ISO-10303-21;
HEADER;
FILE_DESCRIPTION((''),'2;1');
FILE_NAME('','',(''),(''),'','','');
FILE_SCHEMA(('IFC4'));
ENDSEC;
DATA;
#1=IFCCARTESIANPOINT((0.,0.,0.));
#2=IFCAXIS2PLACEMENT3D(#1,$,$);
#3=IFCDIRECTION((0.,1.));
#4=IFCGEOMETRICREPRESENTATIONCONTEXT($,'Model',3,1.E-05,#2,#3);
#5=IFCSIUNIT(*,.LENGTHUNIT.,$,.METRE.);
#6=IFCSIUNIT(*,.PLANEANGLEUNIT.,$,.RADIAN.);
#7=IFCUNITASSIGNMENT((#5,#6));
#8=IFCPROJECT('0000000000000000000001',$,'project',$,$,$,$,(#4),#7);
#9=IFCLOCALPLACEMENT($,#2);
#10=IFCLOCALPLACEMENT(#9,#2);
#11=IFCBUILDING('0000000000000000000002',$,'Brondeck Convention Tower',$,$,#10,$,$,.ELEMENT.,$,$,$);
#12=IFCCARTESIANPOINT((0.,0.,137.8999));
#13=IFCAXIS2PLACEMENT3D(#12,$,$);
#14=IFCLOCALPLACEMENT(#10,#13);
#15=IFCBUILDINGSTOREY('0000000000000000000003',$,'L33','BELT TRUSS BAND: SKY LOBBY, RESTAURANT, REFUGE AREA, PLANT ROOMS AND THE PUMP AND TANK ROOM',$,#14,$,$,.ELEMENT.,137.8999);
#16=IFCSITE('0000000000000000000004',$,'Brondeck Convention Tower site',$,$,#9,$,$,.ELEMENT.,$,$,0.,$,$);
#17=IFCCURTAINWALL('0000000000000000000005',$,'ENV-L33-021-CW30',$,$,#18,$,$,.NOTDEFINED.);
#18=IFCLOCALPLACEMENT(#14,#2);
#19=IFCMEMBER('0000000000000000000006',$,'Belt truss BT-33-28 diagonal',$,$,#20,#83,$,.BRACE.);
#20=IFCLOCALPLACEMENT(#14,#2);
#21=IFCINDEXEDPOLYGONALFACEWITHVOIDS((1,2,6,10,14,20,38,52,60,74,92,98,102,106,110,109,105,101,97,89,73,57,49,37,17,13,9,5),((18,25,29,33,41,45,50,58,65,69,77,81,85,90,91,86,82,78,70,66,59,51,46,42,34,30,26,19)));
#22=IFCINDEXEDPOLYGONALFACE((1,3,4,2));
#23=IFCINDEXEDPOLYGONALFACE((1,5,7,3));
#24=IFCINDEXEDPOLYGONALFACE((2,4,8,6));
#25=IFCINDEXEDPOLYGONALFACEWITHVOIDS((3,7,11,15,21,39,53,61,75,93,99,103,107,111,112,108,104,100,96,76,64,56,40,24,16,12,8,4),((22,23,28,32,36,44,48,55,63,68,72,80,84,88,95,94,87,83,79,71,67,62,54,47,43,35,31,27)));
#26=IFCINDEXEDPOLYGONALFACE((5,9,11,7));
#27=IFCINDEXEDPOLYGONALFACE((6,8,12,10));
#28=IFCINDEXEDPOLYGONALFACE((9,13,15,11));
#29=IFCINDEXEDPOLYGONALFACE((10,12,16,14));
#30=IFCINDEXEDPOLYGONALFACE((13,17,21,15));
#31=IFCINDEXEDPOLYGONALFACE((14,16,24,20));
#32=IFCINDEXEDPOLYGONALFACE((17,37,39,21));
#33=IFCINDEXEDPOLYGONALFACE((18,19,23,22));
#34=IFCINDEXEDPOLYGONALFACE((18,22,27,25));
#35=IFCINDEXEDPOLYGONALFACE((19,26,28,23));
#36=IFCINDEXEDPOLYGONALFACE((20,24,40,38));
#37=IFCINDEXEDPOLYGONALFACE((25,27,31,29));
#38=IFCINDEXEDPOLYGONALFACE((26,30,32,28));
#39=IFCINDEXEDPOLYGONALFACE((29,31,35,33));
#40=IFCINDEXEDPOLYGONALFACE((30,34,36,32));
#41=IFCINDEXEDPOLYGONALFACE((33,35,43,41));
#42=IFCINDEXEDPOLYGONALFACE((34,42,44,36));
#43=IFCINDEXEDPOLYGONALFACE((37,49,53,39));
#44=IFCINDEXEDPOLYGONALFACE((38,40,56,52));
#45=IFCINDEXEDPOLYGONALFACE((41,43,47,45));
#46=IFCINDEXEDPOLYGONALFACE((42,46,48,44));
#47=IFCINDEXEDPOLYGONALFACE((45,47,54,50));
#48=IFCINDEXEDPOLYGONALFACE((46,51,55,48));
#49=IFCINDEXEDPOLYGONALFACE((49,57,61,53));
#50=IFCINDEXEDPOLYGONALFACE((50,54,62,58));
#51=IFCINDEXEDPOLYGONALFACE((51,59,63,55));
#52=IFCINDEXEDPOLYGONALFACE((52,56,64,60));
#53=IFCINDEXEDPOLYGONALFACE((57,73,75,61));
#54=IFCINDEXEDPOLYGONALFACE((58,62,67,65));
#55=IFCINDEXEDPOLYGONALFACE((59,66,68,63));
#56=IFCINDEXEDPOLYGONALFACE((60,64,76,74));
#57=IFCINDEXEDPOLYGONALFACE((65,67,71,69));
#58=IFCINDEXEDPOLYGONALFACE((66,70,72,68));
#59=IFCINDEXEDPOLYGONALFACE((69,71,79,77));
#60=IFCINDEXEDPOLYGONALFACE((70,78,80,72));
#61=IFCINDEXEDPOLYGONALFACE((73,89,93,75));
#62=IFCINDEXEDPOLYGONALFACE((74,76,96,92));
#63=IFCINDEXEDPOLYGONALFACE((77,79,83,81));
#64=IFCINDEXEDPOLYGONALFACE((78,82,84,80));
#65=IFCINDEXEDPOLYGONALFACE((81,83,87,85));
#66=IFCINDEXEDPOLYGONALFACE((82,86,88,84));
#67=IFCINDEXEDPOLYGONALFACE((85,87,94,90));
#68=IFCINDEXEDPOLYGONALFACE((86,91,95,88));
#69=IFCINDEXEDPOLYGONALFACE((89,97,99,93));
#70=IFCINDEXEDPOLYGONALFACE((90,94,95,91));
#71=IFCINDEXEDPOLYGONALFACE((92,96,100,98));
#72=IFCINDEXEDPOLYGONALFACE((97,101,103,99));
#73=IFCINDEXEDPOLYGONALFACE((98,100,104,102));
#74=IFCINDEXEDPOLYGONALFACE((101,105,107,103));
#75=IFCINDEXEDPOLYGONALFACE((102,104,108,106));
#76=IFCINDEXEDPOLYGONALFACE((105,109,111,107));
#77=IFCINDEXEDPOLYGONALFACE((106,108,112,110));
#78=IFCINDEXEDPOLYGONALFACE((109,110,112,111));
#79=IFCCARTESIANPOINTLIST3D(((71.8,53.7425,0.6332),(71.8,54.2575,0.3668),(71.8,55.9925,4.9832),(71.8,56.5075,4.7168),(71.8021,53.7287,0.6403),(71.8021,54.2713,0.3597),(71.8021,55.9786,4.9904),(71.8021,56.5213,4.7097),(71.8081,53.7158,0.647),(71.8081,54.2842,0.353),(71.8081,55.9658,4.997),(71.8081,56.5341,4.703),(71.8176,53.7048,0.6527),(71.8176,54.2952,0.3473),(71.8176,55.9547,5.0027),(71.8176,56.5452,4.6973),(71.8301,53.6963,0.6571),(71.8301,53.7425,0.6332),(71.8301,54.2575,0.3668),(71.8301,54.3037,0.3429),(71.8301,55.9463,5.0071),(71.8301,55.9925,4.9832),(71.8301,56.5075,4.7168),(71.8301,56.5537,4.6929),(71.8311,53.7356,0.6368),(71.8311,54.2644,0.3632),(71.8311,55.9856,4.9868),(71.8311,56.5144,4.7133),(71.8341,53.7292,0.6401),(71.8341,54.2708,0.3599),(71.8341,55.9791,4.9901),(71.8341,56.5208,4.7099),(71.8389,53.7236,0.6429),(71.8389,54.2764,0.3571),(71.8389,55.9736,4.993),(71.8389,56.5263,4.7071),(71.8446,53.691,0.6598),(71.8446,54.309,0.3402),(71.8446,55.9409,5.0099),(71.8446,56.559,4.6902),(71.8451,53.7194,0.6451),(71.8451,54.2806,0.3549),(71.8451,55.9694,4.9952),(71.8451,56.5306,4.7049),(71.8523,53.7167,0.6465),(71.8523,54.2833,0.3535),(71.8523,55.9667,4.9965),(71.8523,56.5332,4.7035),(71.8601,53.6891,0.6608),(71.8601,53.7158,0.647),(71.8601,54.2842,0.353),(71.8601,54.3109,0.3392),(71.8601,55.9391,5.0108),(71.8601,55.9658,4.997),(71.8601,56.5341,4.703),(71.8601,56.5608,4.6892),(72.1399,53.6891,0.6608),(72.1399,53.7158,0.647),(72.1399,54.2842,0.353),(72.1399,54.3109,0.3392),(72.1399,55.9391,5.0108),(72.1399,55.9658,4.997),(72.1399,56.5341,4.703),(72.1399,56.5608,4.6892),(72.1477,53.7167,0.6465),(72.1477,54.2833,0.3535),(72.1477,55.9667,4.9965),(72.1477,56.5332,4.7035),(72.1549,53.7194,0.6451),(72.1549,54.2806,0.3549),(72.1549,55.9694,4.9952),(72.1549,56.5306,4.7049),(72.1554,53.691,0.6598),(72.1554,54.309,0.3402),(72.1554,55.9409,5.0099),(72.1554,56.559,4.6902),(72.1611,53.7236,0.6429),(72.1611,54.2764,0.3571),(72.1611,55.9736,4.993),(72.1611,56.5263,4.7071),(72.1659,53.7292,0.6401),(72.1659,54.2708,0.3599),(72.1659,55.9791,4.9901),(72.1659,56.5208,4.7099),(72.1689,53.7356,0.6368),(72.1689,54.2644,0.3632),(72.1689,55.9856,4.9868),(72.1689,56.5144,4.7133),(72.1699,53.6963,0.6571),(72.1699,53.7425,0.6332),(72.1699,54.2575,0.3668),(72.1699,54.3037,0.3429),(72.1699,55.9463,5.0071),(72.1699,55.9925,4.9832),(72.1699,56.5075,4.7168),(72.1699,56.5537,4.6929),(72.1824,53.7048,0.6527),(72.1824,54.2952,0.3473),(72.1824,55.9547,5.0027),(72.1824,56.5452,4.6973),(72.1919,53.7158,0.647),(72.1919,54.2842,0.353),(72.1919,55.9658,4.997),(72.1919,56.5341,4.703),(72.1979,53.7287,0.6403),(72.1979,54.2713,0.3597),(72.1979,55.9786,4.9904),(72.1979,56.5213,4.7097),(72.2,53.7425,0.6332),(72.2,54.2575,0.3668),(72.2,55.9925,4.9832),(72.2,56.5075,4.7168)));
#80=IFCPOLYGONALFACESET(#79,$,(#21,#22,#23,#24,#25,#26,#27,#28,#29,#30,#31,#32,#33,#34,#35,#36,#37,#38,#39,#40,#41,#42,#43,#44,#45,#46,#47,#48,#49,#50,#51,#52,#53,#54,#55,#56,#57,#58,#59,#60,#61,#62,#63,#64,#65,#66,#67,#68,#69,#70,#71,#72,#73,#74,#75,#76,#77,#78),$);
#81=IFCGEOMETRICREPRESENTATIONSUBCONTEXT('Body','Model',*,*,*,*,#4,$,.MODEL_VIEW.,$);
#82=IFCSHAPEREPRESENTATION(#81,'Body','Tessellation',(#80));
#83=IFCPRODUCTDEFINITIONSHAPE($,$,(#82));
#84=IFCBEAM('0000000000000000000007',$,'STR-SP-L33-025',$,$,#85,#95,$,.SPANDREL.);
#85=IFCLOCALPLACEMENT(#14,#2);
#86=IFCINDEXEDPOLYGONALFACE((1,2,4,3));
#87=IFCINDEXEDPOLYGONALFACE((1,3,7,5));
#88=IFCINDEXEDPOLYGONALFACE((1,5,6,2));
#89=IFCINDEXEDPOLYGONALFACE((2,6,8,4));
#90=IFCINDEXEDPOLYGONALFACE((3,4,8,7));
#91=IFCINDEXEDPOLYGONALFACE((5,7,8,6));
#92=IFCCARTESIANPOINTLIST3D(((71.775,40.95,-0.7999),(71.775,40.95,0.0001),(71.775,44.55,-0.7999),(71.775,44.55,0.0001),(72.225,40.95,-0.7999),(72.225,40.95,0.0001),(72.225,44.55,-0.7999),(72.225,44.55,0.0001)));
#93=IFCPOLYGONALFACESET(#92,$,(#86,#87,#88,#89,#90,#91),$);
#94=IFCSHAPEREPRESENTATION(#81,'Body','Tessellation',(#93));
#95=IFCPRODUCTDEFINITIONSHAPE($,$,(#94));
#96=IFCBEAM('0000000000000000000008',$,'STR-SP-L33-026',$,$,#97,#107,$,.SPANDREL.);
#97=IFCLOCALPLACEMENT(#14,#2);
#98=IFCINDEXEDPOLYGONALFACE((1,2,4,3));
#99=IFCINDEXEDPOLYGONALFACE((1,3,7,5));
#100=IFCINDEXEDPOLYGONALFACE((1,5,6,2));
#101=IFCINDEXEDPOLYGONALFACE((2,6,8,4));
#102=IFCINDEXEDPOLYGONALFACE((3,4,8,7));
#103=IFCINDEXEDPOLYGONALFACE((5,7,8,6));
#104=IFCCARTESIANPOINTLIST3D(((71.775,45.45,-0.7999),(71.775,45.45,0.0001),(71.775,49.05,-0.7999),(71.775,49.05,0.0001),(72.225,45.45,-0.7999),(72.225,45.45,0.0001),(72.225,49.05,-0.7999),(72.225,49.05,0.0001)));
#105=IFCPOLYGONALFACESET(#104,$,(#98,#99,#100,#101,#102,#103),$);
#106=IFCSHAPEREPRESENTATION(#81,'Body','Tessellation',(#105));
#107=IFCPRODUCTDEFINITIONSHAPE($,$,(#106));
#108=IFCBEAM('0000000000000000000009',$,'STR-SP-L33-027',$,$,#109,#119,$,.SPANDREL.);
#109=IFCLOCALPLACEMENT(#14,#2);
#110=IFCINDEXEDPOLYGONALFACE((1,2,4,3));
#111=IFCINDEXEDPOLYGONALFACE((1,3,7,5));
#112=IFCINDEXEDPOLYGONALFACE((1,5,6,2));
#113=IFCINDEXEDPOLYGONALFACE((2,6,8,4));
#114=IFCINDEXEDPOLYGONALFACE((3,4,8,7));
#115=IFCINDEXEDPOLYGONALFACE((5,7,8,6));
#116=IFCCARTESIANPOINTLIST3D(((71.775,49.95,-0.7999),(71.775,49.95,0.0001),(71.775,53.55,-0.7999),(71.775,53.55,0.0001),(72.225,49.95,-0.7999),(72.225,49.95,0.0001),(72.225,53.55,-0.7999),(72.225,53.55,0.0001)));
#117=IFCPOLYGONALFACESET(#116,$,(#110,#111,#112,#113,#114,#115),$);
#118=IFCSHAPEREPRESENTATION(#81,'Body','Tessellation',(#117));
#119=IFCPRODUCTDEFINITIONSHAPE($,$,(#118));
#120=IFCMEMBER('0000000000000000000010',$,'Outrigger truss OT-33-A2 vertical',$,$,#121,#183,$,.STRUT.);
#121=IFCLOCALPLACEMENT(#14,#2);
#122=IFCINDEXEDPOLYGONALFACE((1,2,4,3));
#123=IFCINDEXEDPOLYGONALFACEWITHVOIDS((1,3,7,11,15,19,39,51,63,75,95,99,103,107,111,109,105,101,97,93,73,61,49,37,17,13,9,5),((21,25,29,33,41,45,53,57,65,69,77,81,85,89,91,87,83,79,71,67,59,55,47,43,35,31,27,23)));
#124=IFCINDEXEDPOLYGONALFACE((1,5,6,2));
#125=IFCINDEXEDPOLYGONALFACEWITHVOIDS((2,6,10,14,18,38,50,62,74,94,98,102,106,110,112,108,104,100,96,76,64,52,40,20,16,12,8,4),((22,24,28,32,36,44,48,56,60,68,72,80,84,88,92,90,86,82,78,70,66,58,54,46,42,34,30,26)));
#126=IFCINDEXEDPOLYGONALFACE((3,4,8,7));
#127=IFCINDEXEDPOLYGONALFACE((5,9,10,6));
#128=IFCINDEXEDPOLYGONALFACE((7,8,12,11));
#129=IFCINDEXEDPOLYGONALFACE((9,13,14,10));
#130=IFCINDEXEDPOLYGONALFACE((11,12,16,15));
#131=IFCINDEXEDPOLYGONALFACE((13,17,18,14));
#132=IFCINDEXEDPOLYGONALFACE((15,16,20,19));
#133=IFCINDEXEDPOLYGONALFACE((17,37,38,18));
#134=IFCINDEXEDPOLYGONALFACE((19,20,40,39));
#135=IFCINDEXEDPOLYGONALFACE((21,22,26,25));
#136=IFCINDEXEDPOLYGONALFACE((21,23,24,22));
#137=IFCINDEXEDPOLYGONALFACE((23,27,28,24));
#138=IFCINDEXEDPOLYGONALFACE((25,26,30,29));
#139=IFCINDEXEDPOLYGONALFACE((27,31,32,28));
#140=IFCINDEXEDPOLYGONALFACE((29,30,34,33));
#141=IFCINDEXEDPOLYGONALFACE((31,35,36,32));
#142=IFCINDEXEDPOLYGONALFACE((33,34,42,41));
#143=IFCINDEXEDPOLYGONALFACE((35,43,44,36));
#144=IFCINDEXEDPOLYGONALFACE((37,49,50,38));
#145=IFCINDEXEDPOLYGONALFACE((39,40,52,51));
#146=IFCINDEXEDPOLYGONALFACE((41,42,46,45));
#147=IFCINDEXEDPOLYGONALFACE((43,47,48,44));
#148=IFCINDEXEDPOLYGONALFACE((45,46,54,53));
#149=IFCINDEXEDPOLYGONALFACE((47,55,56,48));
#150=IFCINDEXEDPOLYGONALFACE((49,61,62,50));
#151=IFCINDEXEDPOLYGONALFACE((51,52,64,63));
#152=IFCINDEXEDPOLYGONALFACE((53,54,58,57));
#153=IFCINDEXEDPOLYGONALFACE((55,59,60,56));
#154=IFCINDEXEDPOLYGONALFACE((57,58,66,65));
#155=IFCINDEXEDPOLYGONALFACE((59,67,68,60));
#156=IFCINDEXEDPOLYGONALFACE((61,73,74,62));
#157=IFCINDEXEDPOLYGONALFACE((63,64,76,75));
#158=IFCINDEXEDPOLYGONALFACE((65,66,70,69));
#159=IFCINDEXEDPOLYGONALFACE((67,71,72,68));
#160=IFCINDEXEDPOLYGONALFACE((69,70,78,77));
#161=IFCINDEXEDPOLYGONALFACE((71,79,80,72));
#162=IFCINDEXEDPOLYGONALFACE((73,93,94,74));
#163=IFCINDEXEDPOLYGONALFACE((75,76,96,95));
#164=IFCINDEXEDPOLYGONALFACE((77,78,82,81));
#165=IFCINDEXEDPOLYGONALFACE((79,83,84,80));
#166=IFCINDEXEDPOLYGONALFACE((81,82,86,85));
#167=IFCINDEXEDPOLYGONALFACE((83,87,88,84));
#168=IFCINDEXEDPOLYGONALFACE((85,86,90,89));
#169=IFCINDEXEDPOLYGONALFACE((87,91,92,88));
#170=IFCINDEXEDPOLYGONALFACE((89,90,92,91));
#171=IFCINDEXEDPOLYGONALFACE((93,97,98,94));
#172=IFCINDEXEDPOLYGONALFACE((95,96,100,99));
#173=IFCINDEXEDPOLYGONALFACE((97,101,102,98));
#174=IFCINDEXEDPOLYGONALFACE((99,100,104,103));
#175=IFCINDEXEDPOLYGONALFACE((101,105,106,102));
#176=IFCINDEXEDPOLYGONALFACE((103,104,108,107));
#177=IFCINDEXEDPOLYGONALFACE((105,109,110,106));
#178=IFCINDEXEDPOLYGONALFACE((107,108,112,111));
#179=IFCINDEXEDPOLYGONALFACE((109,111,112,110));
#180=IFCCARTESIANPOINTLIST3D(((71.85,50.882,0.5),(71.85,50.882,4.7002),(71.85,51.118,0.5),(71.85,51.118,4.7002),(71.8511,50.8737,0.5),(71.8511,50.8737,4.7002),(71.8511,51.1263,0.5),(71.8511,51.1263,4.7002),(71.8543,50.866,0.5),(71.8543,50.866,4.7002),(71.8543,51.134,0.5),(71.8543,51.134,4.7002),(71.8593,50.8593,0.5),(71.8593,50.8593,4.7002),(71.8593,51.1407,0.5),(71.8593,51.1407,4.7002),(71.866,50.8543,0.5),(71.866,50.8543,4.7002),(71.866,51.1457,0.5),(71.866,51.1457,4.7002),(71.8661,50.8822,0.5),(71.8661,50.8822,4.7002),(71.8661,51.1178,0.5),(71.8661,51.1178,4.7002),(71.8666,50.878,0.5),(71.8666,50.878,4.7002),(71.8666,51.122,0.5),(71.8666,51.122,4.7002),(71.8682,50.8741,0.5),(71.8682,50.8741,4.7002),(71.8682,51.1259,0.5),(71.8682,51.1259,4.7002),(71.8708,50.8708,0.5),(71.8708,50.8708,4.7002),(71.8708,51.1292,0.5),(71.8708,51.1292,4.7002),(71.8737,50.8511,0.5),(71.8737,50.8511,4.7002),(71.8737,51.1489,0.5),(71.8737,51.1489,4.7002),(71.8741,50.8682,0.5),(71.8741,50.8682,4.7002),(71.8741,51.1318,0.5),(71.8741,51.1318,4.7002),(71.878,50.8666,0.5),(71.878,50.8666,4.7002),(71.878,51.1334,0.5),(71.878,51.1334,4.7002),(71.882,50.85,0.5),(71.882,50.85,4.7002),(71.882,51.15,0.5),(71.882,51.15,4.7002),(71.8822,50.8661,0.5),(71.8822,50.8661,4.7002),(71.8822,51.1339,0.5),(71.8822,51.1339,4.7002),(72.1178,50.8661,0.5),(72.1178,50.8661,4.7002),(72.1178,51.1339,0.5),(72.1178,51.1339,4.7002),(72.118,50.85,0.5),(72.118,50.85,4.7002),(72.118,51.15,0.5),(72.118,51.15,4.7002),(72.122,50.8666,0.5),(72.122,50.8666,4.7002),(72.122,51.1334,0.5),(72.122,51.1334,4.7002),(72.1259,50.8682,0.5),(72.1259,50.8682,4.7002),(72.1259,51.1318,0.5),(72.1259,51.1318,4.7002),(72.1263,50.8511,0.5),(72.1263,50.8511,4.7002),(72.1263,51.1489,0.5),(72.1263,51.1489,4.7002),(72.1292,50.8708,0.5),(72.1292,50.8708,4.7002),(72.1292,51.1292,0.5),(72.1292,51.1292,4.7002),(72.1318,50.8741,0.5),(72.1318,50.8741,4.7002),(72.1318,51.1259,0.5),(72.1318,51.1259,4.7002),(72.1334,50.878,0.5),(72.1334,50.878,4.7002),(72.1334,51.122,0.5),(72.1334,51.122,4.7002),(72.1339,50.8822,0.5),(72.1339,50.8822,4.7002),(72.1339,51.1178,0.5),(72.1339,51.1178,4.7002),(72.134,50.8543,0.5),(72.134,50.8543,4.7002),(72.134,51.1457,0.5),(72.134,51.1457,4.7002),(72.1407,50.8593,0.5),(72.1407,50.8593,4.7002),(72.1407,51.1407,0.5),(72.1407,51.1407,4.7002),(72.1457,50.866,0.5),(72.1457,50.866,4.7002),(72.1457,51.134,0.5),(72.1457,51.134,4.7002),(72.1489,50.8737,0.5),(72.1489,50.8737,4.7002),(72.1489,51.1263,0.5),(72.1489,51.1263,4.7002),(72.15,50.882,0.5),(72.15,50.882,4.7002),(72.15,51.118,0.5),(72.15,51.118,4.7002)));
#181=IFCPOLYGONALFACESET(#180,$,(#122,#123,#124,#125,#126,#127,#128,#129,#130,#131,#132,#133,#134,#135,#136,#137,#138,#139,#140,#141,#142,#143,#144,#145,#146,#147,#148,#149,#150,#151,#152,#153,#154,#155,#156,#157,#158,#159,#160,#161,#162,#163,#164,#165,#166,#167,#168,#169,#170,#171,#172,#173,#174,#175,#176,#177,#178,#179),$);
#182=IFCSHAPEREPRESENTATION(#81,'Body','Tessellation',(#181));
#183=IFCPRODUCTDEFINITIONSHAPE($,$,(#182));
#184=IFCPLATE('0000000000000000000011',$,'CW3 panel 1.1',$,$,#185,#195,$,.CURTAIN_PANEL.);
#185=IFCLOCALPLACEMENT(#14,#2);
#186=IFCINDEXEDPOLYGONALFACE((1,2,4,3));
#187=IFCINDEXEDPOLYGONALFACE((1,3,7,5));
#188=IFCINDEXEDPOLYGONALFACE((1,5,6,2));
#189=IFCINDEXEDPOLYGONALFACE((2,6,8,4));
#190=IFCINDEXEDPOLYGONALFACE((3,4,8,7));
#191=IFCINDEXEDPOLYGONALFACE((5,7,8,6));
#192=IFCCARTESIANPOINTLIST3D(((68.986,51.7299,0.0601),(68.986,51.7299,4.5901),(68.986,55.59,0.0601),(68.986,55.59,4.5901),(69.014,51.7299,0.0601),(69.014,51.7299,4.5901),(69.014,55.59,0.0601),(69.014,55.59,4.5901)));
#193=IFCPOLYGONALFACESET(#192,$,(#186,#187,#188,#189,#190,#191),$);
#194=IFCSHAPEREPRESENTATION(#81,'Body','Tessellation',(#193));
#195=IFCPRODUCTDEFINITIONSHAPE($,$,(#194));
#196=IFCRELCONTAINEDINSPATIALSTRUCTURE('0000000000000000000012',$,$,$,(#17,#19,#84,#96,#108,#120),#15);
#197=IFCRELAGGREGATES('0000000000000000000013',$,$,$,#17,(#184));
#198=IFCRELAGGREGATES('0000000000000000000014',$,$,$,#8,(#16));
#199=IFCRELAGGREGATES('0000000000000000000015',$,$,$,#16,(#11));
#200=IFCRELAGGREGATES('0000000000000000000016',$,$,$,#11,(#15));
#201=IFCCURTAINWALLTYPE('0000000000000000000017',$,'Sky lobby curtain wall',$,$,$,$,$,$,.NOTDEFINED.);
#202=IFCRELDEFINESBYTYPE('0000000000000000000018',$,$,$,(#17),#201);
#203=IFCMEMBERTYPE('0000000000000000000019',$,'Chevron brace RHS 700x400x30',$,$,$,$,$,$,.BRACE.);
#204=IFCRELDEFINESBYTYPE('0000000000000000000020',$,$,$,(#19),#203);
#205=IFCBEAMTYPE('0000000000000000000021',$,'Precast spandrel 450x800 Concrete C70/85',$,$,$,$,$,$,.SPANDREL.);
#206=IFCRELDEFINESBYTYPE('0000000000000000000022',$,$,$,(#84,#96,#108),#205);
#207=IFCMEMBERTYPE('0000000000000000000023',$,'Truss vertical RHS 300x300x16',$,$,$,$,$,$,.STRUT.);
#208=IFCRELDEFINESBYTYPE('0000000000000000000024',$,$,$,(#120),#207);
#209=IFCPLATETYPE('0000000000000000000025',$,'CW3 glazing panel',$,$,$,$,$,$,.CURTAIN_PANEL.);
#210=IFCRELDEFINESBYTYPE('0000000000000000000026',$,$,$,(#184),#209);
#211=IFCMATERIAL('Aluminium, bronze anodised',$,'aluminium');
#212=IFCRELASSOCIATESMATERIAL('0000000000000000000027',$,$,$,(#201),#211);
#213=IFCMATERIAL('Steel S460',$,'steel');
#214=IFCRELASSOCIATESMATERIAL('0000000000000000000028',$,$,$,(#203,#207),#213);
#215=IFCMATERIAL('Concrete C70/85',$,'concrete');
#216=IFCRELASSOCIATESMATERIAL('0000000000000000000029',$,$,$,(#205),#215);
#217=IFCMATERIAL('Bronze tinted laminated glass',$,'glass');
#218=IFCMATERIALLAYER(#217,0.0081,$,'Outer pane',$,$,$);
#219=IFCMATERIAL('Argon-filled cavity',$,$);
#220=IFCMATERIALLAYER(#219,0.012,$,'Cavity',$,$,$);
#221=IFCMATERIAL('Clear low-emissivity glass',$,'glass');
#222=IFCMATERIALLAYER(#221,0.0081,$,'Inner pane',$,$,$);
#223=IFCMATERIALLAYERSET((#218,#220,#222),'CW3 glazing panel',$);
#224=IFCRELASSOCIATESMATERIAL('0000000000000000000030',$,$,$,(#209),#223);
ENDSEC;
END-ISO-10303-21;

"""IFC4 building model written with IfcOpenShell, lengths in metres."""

from ifc_helpers import new_model, si_unit, direction, frame, origin, origin_2d, place, context, subcontext, project, spatial, rectangle, hollow_rectangle, extrude, material, layer, layer_set, material_profile, profile_set, type_object, element, aggregate, save


model = new_model("IFC4")

# Units and contexts
model_context = context("Model", 3, precision=1e-05, world=origin(), true_north=direction((0.0, 1.0)))
body_context = subcontext(model_context, "Body", "Model", "MODEL_VIEW")
ifc_project = project(units=[si_unit("LENGTHUNIT", "METRE"), si_unit("PLANEANGLEUNIT", "RADIAN")], contexts=[model_context])

# Site, building, storey
site_placement = place(None, origin())
site = spatial("IfcSite", under=ifc_project, at=site_placement, Name="Brondeck Convention Tower site", CompositionType="ELEMENT", RefElevation=0.0)
building_placement = place(site_placement, origin())
building = spatial("IfcBuilding", under=site, at=building_placement, Name="Brondeck Convention Tower", CompositionType="ELEMENT")
storey_placement = place(building_placement, frame((0.0, 0.0, 137.8999)))
storey = spatial("IfcBuildingStorey", under=building, at=storey_placement, Name="L33", Description="BELT TRUSS BAND: SKY LOBBY, RESTAURANT, REFUGE AREA, PLANT ROOMS AND THE PUMP AND TANK ROOM", CompositionType="ELEMENT", Elevation=137.8999)

# Shared definitions
ifc_material_1 = material(Name="Concrete C70/85", Category="concrete")

# Curtain wall
ifc_material_2 = material(Name="Aluminium, bronze anodised", Category="aluminium")
curtain_wall_type = type_object("IfcCurtainWallType", Name="Sky lobby curtain wall", PredefinedType="NOTDEFINED", material=ifc_material_2)
curtain_wall_1_placement = place(storey_placement, origin())
curtain_wall_1 = element("IfcCurtainWall", 1, at=curtain_wall_1_placement, inside=storey, type_object=curtain_wall_type, Name="ENV-L33-021-CW30", PredefinedType="NOTDEFINED")

# Member
ifc_material_3 = material(Name="Steel S460", Category="steel")
ifc_material_profile_1 = material_profile(ifc_material_3, hollow_rectangle(XDim=0.3999, YDim=0.7, WallThickness=0.03, InnerFilletRadius=0.03, OuterFilletRadius=0.0601, at=origin_2d()), Name="RHS 700x400x30")
ifc_profile_set_1 = profile_set([ifc_material_profile_1], Name="Steel S460")
member_type_1 = type_object("IfcMemberType", Name="Chevron brace RHS 700x400x30", PredefinedType="BRACE", material=ifc_profile_set_1)
for number, where, z_axis, x_axis, name in (
    (2, (72.0, 54.0, 0.5), (0.0, 0.459415, 0.888222), (-1.0, 0.0, 0.0), "Belt truss BT-33-28 diagonal"),
):
    element("IfcMember", number, at=place(storey_placement, frame(where, z_axis=z_axis, x_axis=x_axis)), inside=storey, type_object=member_type_1, Name=name, PredefinedType="BRACE", context=body_context, shape_type="SweptSolid", body=[
        extrude(hollow_rectangle(XDim=0.3999, YDim=0.7, WallThickness=0.03, InnerFilletRadius=0.03, OuterFilletRadius=0.0601, at=origin_2d()), origin(), (0.0, 0.0, 1.0), 4.8975),
    ])

# Beams
ifc_material_profile_2 = material_profile(ifc_material_1, rectangle(XDim=0.45, YDim=0.8, at=origin_2d()), Name="Precast spandrel 450x800 Concrete C70/85")
ifc_profile_set_2 = profile_set([ifc_material_profile_2], Name="Concrete C70/85")
beam_type = type_object("IfcBeamType", Name="Precast spandrel 450x800 Concrete C70/85", PredefinedType="SPANDREL", material=ifc_profile_set_2)
for number, where, z_axis, x_axis, name in (
    (3, (72.0, 40.95, -0.3999), (0.0, 1.0, 0.0), (-1.0, 0.0, 0.0), "STR-SP-L33-025"),
    (4, (72.0, 45.45, -0.3999), (0.0, 1.0, 0.0), (-1.0, 0.0, 0.0), "STR-SP-L33-026"),
    (5, (72.0, 49.95, -0.3999), (0.0, 1.0, 0.0), (-1.0, 0.0, 0.0), "STR-SP-L33-027"),
):
    element("IfcBeam", number, at=place(storey_placement, frame(where, z_axis=z_axis, x_axis=x_axis)), inside=storey, type_object=beam_type, Name=name, PredefinedType="SPANDREL", context=body_context, shape_type="SweptSolid", body=[
        extrude(rectangle(XDim=0.45, YDim=0.8, at=origin_2d()), origin(), (0.0, 0.0, 1.0), 3.6001),
    ])

# Member
ifc_material_profile_3 = material_profile(ifc_material_3, hollow_rectangle(XDim=0.3, YDim=0.3, WallThickness=0.0161, InnerFilletRadius=0.0161, OuterFilletRadius=0.032, at=origin_2d()), Name="RHS 300x300x16")
ifc_profile_set_3 = profile_set([ifc_material_profile_3], Name="Steel S460")
member_type_2 = type_object("IfcMemberType", Name="Truss vertical RHS 300x300x16", PredefinedType="STRUT", material=ifc_profile_set_3)
member_1_placement = place(storey_placement, frame((72.0, 51.0, 0.5), z_axis=(0.0, 0.0, 1.0), x_axis=(1.0, 0.0, 0.0)))
element("IfcMember", 6, at=member_1_placement, inside=storey, type_object=member_type_2, Name="Outrigger truss OT-33-A2 vertical", PredefinedType="STRUT", context=body_context, shape_type="SweptSolid", body=[
    extrude(hollow_rectangle(XDim=0.3, YDim=0.3, WallThickness=0.0161, InnerFilletRadius=0.0161, OuterFilletRadius=0.032, at=origin_2d()), origin(), (0.0, 0.0, 1.0), 4.2002),
])

# Plate
ifc_material_4 = material(Name="Bronze tinted laminated glass", Category="glass")
ifc_layer_1 = layer(ifc_material_4, 0.0081, Name="Outer pane")
ifc_material_5 = material(Name="Argon-filled cavity")
ifc_layer_2 = layer(ifc_material_5, 0.012, Name="Cavity")
ifc_material_6 = material(Name="Clear low-emissivity glass", Category="glass")
ifc_layer_3 = layer(ifc_material_6, 0.0081, Name="Inner pane")
ifc_layer_set_1 = layer_set([ifc_layer_1, ifc_layer_2, ifc_layer_3], Name="CW3 glazing panel")
plate_type = type_object("IfcPlateType", Name="CW3 glazing panel", PredefinedType="CURTAIN_PANEL", material=ifc_layer_set_1)
plate_placement = place(storey_placement, frame((69.0, 53.6599, 0.0601), z_axis=(0.0, 0.0, 1.0), x_axis=(0.0, -1.0, 0.0)))
plate = element("IfcPlate", 7, at=plate_placement, type_object=plate_type, Name="CW3 panel 1.1", PredefinedType="CURTAIN_PANEL", context=body_context, shape_type="SweptSolid", body=[
    extrude(rectangle(XDim=3.8601, YDim=0.0281, at=origin_2d()), origin(), (0.0, 0.0, 1.0), 4.53),
])
aggregate(curtain_wall_1, [plate])

save(model, "model.ifc")
